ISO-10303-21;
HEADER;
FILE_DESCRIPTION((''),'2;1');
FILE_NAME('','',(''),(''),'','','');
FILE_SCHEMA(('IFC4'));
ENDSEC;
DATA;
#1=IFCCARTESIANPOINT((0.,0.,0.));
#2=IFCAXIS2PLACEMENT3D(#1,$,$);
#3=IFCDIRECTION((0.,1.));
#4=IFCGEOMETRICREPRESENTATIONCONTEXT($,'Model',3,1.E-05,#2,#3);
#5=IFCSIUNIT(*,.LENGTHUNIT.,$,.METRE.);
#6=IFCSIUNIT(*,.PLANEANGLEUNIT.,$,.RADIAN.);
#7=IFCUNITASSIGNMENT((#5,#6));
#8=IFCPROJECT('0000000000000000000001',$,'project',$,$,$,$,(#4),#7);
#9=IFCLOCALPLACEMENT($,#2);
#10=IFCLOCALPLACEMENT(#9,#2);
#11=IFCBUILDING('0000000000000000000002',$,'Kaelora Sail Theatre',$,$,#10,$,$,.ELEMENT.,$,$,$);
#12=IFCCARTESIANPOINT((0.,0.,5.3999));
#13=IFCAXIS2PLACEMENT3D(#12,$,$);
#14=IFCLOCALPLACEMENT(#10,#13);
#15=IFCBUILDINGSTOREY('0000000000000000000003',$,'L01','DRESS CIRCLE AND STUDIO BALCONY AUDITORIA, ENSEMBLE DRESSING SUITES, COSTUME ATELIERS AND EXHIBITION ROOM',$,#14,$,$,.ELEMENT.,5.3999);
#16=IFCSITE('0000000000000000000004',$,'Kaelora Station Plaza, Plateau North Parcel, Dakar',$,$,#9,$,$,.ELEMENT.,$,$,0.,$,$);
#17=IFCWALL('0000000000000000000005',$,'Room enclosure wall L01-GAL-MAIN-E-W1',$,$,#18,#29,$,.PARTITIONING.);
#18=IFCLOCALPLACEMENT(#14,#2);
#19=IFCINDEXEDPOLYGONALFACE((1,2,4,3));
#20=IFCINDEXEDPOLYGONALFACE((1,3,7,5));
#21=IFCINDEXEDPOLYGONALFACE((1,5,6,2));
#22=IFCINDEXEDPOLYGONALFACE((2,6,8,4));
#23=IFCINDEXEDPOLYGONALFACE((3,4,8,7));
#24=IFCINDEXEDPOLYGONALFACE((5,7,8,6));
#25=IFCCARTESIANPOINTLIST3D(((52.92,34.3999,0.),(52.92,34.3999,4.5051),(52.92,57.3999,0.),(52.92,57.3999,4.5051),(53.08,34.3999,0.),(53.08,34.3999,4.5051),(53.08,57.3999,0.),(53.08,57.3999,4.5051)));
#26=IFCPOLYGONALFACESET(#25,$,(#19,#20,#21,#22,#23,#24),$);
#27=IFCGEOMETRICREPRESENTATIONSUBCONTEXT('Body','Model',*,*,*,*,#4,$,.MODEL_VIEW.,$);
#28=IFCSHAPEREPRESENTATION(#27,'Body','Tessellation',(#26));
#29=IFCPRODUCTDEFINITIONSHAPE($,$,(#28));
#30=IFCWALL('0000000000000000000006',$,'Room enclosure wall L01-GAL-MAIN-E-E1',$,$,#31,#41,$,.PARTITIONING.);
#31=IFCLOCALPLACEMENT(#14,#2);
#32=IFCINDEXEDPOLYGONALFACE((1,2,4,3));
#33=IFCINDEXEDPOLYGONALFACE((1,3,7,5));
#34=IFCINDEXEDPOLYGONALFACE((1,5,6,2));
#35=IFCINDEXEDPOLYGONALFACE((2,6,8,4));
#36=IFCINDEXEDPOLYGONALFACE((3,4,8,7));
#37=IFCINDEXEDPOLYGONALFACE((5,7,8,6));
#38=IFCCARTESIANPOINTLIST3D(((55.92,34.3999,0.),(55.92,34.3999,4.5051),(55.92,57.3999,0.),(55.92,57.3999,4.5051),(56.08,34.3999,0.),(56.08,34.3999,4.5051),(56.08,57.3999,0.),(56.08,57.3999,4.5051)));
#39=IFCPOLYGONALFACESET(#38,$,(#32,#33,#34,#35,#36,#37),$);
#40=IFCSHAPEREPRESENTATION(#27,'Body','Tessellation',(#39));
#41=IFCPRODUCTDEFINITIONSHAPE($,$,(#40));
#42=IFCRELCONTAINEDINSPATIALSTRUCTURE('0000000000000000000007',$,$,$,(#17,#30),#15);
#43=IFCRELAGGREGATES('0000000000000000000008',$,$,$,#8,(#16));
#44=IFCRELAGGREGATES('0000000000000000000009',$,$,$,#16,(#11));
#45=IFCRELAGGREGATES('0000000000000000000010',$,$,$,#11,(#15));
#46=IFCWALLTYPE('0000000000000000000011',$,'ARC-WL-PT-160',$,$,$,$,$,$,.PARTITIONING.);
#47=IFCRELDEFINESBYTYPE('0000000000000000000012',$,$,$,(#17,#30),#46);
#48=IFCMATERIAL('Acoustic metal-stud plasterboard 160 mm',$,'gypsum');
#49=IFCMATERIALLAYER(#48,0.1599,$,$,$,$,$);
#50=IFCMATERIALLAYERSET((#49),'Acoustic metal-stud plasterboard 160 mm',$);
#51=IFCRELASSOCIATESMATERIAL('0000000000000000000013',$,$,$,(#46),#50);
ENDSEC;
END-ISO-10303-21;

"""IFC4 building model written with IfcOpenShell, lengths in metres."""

from ifc_helpers import new_model, si_unit, direction, frame, frame_2d, origin, place, context, subcontext, project, spatial, rectangle, extrude, material, layer, layer_set, type_object, element, save


model = new_model("IFC4")

# Units and contexts
model_context = context("Model", 3, precision=1e-05, world=origin(), true_north=direction((0.0, 1.0)))
body_context = subcontext(model_context, "Body", "Model", "MODEL_VIEW")
ifc_project = project(units=[si_unit("LENGTHUNIT", "METRE"), si_unit("PLANEANGLEUNIT", "RADIAN")], contexts=[model_context])

# Site, building, storey
site_placement = place(None, origin())
site = spatial("IfcSite", under=ifc_project, at=site_placement, Name="Kaelora Station Plaza, Plateau North Parcel, Dakar", CompositionType="ELEMENT", RefElevation=0.0)
building_placement = place(site_placement, origin())
building = spatial("IfcBuilding", under=site, at=building_placement, Name="Kaelora Sail Theatre", CompositionType="ELEMENT")
storey_placement = place(building_placement, frame((0.0, 0.0, 5.3999)))
storey = spatial("IfcBuildingStorey", under=building, at=storey_placement, Name="L01", Description="DRESS CIRCLE AND STUDIO BALCONY AUDITORIA, ENSEMBLE DRESSING SUITES, COSTUME ATELIERS AND EXHIBITION ROOM", CompositionType="ELEMENT", Elevation=5.3999)

# Walls
ifc_material_1 = material(Name="Acoustic metal-stud plasterboard 160 mm", Category="gypsum")
ifc_layer_1 = layer(ifc_material_1, 0.1599)
ifc_layer_set_1 = layer_set([ifc_layer_1], Name="Acoustic metal-stud plasterboard 160 mm")
wall_type_1 = type_object("IfcWallType", Name="ARC-WL-PT-160", PredefinedType="PARTITIONING", material=ifc_layer_set_1)
for number, where, z_axis, x_axis, name in (
    (1, (53.0, 34.3999, 0.0), (0.0, 0.0, 1.0), (0.0, 1.0, 0.0), "Room enclosure wall L01-GAL-MAIN-E-W1"),
    (2, (56.0, 34.3999, 0.0), (0.0, 0.0, 1.0), (0.0, 1.0, 0.0), "Room enclosure wall L01-GAL-MAIN-E-E1"),
):
    element("IfcWall", number, at=place(storey_placement, frame(where, z_axis=z_axis, x_axis=x_axis)), inside=storey, type_object=wall_type_1, Name=name, PredefinedType="PARTITIONING", context=body_context, shape_type="SweptSolid", body=[
        extrude(rectangle(XDim=23.0, YDim=0.1599, at=frame_2d((11.5, 0.0))), origin(), (0.0, 0.0, 1.0), 4.5051),
    ])

save(model, "model.ifc")
